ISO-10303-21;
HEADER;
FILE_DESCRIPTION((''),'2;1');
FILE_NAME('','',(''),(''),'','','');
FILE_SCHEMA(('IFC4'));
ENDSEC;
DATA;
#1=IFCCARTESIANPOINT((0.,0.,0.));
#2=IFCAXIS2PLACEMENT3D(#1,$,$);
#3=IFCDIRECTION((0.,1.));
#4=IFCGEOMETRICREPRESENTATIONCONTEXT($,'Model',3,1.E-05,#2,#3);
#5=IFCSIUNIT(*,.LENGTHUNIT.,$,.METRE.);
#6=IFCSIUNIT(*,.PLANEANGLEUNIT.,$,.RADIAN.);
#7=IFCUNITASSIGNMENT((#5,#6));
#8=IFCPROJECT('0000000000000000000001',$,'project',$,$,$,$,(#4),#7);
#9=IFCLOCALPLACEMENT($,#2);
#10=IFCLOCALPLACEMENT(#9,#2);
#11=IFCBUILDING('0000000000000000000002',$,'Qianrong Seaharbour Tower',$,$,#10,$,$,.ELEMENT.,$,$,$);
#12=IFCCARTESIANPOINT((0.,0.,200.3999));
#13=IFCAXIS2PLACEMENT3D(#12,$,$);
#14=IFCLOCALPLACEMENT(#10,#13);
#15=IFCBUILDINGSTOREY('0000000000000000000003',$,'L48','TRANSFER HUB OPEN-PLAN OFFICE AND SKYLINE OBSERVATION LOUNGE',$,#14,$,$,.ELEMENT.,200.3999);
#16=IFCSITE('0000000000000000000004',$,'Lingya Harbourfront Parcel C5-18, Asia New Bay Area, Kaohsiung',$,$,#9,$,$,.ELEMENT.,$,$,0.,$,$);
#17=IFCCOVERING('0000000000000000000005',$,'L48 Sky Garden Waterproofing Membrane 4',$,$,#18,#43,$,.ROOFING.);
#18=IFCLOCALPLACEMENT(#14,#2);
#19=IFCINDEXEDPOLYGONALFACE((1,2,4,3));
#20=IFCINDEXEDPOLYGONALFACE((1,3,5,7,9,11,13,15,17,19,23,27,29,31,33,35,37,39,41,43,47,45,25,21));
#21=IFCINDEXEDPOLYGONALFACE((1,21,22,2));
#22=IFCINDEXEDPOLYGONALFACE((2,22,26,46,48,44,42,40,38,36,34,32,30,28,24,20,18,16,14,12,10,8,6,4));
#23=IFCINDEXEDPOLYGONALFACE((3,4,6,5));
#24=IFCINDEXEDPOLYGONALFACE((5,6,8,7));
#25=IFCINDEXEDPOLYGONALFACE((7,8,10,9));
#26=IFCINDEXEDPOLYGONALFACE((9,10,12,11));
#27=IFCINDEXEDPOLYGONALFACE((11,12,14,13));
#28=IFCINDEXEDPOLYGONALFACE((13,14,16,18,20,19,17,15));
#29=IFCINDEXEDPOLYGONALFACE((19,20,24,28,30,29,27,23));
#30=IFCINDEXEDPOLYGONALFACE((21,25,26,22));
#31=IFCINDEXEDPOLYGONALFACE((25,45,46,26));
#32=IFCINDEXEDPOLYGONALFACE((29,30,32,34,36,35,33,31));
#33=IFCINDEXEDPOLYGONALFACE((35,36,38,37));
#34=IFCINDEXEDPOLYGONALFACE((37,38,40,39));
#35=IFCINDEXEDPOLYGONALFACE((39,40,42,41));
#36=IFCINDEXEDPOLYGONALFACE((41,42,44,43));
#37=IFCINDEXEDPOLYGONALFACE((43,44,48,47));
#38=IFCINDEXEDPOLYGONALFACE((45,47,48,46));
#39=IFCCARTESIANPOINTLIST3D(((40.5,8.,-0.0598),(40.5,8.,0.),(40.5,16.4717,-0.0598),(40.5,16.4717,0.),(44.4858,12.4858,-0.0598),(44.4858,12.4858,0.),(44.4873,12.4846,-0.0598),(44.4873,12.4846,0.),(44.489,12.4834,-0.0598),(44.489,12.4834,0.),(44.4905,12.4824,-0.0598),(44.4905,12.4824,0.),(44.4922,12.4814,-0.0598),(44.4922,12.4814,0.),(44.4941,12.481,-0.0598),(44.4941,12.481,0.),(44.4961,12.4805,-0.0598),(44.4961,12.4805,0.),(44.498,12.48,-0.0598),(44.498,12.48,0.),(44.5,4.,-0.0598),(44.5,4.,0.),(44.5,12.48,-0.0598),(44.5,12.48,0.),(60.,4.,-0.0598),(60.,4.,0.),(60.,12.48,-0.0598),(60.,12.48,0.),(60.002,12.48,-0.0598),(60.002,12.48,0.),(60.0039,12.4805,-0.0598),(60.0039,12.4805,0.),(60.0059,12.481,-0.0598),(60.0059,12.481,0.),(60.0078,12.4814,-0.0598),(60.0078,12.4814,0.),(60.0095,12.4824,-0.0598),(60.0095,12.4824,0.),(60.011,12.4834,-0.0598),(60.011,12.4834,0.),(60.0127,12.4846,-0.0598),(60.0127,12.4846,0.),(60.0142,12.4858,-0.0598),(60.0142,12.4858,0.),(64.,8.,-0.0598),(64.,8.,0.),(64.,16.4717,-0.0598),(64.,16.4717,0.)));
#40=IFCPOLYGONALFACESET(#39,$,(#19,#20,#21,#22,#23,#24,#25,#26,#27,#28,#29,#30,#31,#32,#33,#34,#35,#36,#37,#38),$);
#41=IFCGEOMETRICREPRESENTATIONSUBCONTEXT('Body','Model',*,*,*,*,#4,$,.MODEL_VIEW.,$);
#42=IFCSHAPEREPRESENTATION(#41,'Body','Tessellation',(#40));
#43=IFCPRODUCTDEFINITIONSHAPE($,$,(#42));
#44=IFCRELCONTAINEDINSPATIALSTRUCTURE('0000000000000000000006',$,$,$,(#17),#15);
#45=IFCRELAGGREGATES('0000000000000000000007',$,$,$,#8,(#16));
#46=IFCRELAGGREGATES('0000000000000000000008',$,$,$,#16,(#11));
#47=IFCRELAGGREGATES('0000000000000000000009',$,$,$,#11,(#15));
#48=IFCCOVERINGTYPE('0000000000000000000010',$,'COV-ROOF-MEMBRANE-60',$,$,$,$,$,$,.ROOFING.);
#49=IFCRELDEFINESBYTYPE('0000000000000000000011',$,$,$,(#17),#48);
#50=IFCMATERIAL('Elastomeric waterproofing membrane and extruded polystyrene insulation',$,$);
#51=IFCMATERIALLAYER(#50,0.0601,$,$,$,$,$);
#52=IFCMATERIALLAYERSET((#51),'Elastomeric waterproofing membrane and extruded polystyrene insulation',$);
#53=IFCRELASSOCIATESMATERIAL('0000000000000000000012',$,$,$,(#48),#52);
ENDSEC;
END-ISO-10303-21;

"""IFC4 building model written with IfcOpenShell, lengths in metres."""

from ifc_helpers import new_model, si_unit, direction, frame, origin, place, context, subcontext, project, spatial, polyline, outline, extrude, material, layer, layer_set, type_object, element, save


model = new_model("IFC4")

# Units and contexts
model_context = context("Model", 3, precision=1e-05, world=origin(), true_north=direction((0.0, 1.0)))
body_context = subcontext(model_context, "Body", "Model", "MODEL_VIEW")
ifc_project = project(units=[si_unit("LENGTHUNIT", "METRE"), si_unit("PLANEANGLEUNIT", "RADIAN")], contexts=[model_context])

# Site, building, storey
site_placement = place(None, origin())
site = spatial("IfcSite", under=ifc_project, at=site_placement, Name="Lingya Harbourfront Parcel C5-18, Asia New Bay Area, Kaohsiung", CompositionType="ELEMENT", RefElevation=0.0)
building_placement = place(site_placement, origin())
building = spatial("IfcBuilding", under=site, at=building_placement, Name="Qianrong Seaharbour Tower", CompositionType="ELEMENT")
storey_placement = place(building_placement, frame((0.0, 0.0, 200.3999)))
storey = spatial("IfcBuildingStorey", under=building, at=storey_placement, Name="L48", Description="TRANSFER HUB OPEN-PLAN OFFICE AND SKYLINE OBSERVATION LOUNGE", CompositionType="ELEMENT", Elevation=200.3999)

# Covering
ifc_material_1 = material(Name="Elastomeric waterproofing membrane and extruded polystyrene insulation")
ifc_layer_1 = layer(ifc_material_1, 0.0601)
ifc_layer_set_1 = layer_set([ifc_layer_1], Name="Elastomeric waterproofing membrane and extruded polystyrene insulation")
covering_type_1 = type_object("IfcCoveringType", Name="COV-ROOF-MEMBRANE-60", PredefinedType="ROOFING", material=ifc_layer_set_1)
covering_1_placement = place(storey_placement, frame((0.0, 0.0, -0.0598)))
element("IfcCovering", 1, at=covering_1_placement, inside=storey, type_object=covering_type_1, Name="L48 Sky Garden Waterproofing Membrane 4", PredefinedType="ROOFING", context=body_context, shape_type="SweptSolid", body=[
    extrude(outline(polyline([(60.0, 4.0), (44.5, 4.0), (40.5, 8.0), (40.5, 16.4717), (44.4858, 12.4858), (44.4873, 12.4846), (44.489, 12.4834), (44.4905, 12.4824), (44.4922, 12.4814), (44.4941, 12.481), (44.4961, 12.4805), (44.498, 12.48), (44.5, 12.48), (60.0, 12.48), (60.002, 12.48), (60.0039, 12.4805), (60.0059, 12.481), (60.0078, 12.4814), (60.0095, 12.4824), (60.011, 12.4834), (60.0127, 12.4846), (60.0142, 12.4858), (64.0, 16.4717), (64.0, 8.0), (60.0, 4.0)])), origin(), (0.0, 0.0, 1.0), 0.0598),
])

save(model, "model.ifc")
